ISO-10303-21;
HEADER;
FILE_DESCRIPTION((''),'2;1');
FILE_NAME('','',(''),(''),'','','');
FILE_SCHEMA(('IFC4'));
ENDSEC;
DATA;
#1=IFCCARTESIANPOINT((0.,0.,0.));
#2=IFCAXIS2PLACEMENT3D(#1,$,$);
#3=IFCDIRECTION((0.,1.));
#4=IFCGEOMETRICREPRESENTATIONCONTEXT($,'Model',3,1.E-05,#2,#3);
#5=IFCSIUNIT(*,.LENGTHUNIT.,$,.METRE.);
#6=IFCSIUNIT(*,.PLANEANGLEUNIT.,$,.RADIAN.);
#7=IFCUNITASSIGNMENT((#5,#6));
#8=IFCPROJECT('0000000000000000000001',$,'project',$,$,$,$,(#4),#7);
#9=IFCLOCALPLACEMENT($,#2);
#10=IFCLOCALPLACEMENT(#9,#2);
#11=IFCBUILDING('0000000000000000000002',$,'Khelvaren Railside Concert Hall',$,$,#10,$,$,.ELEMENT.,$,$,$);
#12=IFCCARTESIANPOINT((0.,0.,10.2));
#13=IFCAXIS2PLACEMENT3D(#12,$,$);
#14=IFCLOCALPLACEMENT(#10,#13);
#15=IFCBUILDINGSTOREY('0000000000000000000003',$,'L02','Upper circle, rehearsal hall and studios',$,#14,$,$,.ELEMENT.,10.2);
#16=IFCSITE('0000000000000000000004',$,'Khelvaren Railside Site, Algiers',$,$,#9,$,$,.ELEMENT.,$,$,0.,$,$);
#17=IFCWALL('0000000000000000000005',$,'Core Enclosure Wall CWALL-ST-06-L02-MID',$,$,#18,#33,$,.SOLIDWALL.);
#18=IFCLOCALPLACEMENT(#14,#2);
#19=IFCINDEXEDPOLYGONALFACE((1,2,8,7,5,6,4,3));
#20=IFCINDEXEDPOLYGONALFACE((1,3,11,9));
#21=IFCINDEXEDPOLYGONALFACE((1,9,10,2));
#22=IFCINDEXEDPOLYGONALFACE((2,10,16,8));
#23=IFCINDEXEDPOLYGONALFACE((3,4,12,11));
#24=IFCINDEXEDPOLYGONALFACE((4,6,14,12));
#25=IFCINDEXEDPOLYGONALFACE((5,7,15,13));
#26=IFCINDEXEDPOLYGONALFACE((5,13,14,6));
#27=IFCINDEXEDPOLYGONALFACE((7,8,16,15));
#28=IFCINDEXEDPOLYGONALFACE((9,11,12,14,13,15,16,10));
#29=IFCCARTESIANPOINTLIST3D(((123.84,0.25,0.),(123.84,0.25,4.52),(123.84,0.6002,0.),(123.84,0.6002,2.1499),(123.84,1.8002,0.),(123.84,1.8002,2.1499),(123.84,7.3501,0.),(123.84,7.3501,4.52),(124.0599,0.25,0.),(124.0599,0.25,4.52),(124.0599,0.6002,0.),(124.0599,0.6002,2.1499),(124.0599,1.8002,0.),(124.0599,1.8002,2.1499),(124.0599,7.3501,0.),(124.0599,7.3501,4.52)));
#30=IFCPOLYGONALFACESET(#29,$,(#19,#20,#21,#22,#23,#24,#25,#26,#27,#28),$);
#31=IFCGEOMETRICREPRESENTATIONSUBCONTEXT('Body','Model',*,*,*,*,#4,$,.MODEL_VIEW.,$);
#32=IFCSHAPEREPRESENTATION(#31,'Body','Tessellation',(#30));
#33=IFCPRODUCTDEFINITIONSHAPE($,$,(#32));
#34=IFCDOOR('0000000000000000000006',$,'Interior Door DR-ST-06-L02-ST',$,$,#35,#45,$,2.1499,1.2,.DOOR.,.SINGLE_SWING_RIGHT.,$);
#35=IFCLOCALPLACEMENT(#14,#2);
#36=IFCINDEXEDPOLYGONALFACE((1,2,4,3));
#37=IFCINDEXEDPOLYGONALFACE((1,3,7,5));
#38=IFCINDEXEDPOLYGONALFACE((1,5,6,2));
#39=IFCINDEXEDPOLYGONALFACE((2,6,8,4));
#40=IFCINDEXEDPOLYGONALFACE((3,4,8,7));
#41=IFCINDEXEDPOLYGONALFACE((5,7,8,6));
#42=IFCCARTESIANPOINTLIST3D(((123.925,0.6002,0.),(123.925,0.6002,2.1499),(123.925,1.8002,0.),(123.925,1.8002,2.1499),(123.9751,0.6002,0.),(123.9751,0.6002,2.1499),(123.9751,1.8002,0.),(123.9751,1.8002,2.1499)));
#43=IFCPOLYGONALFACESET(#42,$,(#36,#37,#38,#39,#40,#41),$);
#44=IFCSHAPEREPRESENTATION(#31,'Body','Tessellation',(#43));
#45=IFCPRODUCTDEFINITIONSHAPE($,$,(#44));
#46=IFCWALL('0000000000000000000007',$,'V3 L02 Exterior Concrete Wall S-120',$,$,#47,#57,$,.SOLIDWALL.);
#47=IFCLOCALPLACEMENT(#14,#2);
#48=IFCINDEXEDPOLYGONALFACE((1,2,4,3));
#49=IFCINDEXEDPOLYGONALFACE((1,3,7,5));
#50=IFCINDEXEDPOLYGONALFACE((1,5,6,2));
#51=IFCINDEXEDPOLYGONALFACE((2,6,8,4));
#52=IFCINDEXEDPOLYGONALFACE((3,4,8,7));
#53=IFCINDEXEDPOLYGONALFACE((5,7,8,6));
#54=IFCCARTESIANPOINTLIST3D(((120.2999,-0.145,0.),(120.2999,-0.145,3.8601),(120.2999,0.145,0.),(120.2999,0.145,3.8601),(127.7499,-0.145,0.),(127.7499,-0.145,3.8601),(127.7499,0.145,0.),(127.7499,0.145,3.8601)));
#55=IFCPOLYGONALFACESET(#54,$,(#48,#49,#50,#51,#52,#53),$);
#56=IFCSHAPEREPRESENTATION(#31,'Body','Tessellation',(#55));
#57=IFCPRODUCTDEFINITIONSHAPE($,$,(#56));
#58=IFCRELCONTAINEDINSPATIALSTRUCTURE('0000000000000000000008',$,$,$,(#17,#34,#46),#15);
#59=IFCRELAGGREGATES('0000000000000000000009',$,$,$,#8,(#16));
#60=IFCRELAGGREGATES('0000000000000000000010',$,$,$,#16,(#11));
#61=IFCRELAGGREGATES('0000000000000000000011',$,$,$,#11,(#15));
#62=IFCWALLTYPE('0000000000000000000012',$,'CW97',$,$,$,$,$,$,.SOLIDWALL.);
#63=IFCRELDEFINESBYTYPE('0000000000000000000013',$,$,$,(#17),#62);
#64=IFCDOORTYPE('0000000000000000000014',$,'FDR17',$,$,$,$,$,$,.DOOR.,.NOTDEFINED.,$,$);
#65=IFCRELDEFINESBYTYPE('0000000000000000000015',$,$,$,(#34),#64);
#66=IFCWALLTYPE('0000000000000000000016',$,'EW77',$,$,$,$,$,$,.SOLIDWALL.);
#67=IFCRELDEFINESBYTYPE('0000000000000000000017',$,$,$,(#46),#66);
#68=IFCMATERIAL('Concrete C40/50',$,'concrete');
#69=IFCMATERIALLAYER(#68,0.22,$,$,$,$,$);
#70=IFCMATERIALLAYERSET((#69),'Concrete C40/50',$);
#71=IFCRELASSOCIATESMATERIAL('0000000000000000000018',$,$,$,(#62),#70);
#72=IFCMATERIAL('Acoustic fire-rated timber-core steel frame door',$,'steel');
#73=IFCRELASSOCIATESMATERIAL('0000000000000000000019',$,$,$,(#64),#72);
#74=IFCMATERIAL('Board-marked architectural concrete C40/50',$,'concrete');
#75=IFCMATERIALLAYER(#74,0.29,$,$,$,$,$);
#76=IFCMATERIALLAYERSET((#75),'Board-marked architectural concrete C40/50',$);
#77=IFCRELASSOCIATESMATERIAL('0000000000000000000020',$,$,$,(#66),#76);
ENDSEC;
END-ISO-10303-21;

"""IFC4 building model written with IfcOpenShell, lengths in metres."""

from ifc_helpers import new_model, si_unit, direction, frame, frame_2d, origin, place, context, subcontext, project, spatial, rectangle, extrude, material, layer, layer_set, type_object, element, fill, save


model = new_model("IFC4")

# Units and contexts
model_context = context("Model", 3, precision=1e-05, world=origin(), true_north=direction((0.0, 1.0)))
body_context = subcontext(model_context, "Body", "Model", "MODEL_VIEW")
ifc_project = project(units=[si_unit("LENGTHUNIT", "METRE"), si_unit("PLANEANGLEUNIT", "RADIAN")], contexts=[model_context])

# Site, building, storey
site_placement = place(None, origin())
site = spatial("IfcSite", under=ifc_project, at=site_placement, Name="Khelvaren Railside Site, Algiers", CompositionType="ELEMENT", RefElevation=0.0)
building_placement = place(site_placement, origin())
building = spatial("IfcBuilding", under=site, at=building_placement, Name="Khelvaren Railside Concert Hall", CompositionType="ELEMENT")
storey_placement = place(building_placement, frame((0.0, 0.0, 10.2)))
storey = spatial("IfcBuildingStorey", under=building, at=storey_placement, Name="L02", Description="Upper circle, rehearsal hall and studios", CompositionType="ELEMENT", Elevation=10.2)

# Wall, opening, door
ifc_material_1 = material(Name="Concrete C40/50", Category="concrete")
ifc_material_2 = material(Name="Acoustic fire-rated timber-core steel frame door", Category="steel")
ifc_layer_1 = layer(ifc_material_1, 0.22)
ifc_layer_set_1 = layer_set([ifc_layer_1], Name="Concrete C40/50")
wall_type_1 = type_object("IfcWallType", Name="CW97", PredefinedType="SOLIDWALL", material=ifc_layer_set_1)
wall_1_placement = place(storey_placement, frame((123.95, 0.25, 0.0), z_axis=(0.0, 0.0, 1.0), x_axis=(0.0, 1.0, 0.0)))
wall_1 = element("IfcWall", 1, at=wall_1_placement, inside=storey, type_object=wall_type_1, Name="Core Enclosure Wall CWALL-ST-06-L02-MID", PredefinedType="SOLIDWALL", context=body_context, shape_type="SweptSolid", body=[
    extrude(rectangle(XDim=7.1001, YDim=0.22, at=frame_2d((3.55, 0.0))), origin(), (0.0, 0.0, 1.0), 4.52),
])
opening_1_placement = place(wall_1_placement, frame((0.3501, 0.0, 0.0)))
opening_1 = element("IfcOpeningElement", 2, at=opening_1_placement, cuts=wall_1, PredefinedType="OPENING", context=body_context, shape_type="SweptSolid", body=[
    extrude(rectangle(XDim=1.2, YDim=2.1499, at=frame_2d((0.6001, 1.075))), frame((0.0, 0.1199, 0.0), z_axis=(0.0, -1.0, 0.0), x_axis=(1.0, 0.0, 0.0)), (0.0, 0.0, 1.0), 0.24),
])
door_type_1 = type_object("IfcDoorType", Name="FDR17", OperationType="NOTDEFINED", PredefinedType="DOOR", material=ifc_material_2)
door_1_placement = place(opening_1_placement, origin())
door_1 = element("IfcDoor", 3, at=door_1_placement, inside=storey, type_object=door_type_1, Name="Interior Door DR-ST-06-L02-ST", OperationType="SINGLE_SWING_RIGHT", OverallHeight=2.1499, OverallWidth=1.2, PredefinedType="DOOR", context=body_context, shape_type="SweptSolid", body=[
    extrude(rectangle(XDim=1.2, YDim=2.1499, at=frame_2d((0.6001, 1.075))), frame((0.0, 0.0249, 0.0), z_axis=(0.0, -1.0, 0.0), x_axis=(1.0, 0.0, 0.0)), (0.0, 0.0, 1.0), 0.05),
])
fill(opening_1, door_1)

# Wall
ifc_material_3 = material(Name="Board-marked architectural concrete C40/50", Category="concrete")
ifc_layer_2 = layer(ifc_material_3, 0.29)
ifc_layer_set_2 = layer_set([ifc_layer_2], Name="Board-marked architectural concrete C40/50")
wall_type_2 = type_object("IfcWallType", Name="EW77", PredefinedType="SOLIDWALL", material=ifc_layer_set_2)
wall_2_placement = place(storey_placement, frame((127.75, 0.0, 0.0), z_axis=(0.0, 0.0, 1.0), x_axis=(-1.0, 0.0, 0.0)))
element("IfcWall", 4, at=wall_2_placement, inside=storey, type_object=wall_type_2, Name="V3 L02 Exterior Concrete Wall S-120", PredefinedType="SOLIDWALL", context=body_context, shape_type="SweptSolid", body=[
    extrude(rectangle(XDim=7.45, YDim=0.29, at=frame_2d((3.7251, 0.0))), origin(), (0.0, 0.0, 1.0), 3.8601),
])

save(model, "model.ifc")
